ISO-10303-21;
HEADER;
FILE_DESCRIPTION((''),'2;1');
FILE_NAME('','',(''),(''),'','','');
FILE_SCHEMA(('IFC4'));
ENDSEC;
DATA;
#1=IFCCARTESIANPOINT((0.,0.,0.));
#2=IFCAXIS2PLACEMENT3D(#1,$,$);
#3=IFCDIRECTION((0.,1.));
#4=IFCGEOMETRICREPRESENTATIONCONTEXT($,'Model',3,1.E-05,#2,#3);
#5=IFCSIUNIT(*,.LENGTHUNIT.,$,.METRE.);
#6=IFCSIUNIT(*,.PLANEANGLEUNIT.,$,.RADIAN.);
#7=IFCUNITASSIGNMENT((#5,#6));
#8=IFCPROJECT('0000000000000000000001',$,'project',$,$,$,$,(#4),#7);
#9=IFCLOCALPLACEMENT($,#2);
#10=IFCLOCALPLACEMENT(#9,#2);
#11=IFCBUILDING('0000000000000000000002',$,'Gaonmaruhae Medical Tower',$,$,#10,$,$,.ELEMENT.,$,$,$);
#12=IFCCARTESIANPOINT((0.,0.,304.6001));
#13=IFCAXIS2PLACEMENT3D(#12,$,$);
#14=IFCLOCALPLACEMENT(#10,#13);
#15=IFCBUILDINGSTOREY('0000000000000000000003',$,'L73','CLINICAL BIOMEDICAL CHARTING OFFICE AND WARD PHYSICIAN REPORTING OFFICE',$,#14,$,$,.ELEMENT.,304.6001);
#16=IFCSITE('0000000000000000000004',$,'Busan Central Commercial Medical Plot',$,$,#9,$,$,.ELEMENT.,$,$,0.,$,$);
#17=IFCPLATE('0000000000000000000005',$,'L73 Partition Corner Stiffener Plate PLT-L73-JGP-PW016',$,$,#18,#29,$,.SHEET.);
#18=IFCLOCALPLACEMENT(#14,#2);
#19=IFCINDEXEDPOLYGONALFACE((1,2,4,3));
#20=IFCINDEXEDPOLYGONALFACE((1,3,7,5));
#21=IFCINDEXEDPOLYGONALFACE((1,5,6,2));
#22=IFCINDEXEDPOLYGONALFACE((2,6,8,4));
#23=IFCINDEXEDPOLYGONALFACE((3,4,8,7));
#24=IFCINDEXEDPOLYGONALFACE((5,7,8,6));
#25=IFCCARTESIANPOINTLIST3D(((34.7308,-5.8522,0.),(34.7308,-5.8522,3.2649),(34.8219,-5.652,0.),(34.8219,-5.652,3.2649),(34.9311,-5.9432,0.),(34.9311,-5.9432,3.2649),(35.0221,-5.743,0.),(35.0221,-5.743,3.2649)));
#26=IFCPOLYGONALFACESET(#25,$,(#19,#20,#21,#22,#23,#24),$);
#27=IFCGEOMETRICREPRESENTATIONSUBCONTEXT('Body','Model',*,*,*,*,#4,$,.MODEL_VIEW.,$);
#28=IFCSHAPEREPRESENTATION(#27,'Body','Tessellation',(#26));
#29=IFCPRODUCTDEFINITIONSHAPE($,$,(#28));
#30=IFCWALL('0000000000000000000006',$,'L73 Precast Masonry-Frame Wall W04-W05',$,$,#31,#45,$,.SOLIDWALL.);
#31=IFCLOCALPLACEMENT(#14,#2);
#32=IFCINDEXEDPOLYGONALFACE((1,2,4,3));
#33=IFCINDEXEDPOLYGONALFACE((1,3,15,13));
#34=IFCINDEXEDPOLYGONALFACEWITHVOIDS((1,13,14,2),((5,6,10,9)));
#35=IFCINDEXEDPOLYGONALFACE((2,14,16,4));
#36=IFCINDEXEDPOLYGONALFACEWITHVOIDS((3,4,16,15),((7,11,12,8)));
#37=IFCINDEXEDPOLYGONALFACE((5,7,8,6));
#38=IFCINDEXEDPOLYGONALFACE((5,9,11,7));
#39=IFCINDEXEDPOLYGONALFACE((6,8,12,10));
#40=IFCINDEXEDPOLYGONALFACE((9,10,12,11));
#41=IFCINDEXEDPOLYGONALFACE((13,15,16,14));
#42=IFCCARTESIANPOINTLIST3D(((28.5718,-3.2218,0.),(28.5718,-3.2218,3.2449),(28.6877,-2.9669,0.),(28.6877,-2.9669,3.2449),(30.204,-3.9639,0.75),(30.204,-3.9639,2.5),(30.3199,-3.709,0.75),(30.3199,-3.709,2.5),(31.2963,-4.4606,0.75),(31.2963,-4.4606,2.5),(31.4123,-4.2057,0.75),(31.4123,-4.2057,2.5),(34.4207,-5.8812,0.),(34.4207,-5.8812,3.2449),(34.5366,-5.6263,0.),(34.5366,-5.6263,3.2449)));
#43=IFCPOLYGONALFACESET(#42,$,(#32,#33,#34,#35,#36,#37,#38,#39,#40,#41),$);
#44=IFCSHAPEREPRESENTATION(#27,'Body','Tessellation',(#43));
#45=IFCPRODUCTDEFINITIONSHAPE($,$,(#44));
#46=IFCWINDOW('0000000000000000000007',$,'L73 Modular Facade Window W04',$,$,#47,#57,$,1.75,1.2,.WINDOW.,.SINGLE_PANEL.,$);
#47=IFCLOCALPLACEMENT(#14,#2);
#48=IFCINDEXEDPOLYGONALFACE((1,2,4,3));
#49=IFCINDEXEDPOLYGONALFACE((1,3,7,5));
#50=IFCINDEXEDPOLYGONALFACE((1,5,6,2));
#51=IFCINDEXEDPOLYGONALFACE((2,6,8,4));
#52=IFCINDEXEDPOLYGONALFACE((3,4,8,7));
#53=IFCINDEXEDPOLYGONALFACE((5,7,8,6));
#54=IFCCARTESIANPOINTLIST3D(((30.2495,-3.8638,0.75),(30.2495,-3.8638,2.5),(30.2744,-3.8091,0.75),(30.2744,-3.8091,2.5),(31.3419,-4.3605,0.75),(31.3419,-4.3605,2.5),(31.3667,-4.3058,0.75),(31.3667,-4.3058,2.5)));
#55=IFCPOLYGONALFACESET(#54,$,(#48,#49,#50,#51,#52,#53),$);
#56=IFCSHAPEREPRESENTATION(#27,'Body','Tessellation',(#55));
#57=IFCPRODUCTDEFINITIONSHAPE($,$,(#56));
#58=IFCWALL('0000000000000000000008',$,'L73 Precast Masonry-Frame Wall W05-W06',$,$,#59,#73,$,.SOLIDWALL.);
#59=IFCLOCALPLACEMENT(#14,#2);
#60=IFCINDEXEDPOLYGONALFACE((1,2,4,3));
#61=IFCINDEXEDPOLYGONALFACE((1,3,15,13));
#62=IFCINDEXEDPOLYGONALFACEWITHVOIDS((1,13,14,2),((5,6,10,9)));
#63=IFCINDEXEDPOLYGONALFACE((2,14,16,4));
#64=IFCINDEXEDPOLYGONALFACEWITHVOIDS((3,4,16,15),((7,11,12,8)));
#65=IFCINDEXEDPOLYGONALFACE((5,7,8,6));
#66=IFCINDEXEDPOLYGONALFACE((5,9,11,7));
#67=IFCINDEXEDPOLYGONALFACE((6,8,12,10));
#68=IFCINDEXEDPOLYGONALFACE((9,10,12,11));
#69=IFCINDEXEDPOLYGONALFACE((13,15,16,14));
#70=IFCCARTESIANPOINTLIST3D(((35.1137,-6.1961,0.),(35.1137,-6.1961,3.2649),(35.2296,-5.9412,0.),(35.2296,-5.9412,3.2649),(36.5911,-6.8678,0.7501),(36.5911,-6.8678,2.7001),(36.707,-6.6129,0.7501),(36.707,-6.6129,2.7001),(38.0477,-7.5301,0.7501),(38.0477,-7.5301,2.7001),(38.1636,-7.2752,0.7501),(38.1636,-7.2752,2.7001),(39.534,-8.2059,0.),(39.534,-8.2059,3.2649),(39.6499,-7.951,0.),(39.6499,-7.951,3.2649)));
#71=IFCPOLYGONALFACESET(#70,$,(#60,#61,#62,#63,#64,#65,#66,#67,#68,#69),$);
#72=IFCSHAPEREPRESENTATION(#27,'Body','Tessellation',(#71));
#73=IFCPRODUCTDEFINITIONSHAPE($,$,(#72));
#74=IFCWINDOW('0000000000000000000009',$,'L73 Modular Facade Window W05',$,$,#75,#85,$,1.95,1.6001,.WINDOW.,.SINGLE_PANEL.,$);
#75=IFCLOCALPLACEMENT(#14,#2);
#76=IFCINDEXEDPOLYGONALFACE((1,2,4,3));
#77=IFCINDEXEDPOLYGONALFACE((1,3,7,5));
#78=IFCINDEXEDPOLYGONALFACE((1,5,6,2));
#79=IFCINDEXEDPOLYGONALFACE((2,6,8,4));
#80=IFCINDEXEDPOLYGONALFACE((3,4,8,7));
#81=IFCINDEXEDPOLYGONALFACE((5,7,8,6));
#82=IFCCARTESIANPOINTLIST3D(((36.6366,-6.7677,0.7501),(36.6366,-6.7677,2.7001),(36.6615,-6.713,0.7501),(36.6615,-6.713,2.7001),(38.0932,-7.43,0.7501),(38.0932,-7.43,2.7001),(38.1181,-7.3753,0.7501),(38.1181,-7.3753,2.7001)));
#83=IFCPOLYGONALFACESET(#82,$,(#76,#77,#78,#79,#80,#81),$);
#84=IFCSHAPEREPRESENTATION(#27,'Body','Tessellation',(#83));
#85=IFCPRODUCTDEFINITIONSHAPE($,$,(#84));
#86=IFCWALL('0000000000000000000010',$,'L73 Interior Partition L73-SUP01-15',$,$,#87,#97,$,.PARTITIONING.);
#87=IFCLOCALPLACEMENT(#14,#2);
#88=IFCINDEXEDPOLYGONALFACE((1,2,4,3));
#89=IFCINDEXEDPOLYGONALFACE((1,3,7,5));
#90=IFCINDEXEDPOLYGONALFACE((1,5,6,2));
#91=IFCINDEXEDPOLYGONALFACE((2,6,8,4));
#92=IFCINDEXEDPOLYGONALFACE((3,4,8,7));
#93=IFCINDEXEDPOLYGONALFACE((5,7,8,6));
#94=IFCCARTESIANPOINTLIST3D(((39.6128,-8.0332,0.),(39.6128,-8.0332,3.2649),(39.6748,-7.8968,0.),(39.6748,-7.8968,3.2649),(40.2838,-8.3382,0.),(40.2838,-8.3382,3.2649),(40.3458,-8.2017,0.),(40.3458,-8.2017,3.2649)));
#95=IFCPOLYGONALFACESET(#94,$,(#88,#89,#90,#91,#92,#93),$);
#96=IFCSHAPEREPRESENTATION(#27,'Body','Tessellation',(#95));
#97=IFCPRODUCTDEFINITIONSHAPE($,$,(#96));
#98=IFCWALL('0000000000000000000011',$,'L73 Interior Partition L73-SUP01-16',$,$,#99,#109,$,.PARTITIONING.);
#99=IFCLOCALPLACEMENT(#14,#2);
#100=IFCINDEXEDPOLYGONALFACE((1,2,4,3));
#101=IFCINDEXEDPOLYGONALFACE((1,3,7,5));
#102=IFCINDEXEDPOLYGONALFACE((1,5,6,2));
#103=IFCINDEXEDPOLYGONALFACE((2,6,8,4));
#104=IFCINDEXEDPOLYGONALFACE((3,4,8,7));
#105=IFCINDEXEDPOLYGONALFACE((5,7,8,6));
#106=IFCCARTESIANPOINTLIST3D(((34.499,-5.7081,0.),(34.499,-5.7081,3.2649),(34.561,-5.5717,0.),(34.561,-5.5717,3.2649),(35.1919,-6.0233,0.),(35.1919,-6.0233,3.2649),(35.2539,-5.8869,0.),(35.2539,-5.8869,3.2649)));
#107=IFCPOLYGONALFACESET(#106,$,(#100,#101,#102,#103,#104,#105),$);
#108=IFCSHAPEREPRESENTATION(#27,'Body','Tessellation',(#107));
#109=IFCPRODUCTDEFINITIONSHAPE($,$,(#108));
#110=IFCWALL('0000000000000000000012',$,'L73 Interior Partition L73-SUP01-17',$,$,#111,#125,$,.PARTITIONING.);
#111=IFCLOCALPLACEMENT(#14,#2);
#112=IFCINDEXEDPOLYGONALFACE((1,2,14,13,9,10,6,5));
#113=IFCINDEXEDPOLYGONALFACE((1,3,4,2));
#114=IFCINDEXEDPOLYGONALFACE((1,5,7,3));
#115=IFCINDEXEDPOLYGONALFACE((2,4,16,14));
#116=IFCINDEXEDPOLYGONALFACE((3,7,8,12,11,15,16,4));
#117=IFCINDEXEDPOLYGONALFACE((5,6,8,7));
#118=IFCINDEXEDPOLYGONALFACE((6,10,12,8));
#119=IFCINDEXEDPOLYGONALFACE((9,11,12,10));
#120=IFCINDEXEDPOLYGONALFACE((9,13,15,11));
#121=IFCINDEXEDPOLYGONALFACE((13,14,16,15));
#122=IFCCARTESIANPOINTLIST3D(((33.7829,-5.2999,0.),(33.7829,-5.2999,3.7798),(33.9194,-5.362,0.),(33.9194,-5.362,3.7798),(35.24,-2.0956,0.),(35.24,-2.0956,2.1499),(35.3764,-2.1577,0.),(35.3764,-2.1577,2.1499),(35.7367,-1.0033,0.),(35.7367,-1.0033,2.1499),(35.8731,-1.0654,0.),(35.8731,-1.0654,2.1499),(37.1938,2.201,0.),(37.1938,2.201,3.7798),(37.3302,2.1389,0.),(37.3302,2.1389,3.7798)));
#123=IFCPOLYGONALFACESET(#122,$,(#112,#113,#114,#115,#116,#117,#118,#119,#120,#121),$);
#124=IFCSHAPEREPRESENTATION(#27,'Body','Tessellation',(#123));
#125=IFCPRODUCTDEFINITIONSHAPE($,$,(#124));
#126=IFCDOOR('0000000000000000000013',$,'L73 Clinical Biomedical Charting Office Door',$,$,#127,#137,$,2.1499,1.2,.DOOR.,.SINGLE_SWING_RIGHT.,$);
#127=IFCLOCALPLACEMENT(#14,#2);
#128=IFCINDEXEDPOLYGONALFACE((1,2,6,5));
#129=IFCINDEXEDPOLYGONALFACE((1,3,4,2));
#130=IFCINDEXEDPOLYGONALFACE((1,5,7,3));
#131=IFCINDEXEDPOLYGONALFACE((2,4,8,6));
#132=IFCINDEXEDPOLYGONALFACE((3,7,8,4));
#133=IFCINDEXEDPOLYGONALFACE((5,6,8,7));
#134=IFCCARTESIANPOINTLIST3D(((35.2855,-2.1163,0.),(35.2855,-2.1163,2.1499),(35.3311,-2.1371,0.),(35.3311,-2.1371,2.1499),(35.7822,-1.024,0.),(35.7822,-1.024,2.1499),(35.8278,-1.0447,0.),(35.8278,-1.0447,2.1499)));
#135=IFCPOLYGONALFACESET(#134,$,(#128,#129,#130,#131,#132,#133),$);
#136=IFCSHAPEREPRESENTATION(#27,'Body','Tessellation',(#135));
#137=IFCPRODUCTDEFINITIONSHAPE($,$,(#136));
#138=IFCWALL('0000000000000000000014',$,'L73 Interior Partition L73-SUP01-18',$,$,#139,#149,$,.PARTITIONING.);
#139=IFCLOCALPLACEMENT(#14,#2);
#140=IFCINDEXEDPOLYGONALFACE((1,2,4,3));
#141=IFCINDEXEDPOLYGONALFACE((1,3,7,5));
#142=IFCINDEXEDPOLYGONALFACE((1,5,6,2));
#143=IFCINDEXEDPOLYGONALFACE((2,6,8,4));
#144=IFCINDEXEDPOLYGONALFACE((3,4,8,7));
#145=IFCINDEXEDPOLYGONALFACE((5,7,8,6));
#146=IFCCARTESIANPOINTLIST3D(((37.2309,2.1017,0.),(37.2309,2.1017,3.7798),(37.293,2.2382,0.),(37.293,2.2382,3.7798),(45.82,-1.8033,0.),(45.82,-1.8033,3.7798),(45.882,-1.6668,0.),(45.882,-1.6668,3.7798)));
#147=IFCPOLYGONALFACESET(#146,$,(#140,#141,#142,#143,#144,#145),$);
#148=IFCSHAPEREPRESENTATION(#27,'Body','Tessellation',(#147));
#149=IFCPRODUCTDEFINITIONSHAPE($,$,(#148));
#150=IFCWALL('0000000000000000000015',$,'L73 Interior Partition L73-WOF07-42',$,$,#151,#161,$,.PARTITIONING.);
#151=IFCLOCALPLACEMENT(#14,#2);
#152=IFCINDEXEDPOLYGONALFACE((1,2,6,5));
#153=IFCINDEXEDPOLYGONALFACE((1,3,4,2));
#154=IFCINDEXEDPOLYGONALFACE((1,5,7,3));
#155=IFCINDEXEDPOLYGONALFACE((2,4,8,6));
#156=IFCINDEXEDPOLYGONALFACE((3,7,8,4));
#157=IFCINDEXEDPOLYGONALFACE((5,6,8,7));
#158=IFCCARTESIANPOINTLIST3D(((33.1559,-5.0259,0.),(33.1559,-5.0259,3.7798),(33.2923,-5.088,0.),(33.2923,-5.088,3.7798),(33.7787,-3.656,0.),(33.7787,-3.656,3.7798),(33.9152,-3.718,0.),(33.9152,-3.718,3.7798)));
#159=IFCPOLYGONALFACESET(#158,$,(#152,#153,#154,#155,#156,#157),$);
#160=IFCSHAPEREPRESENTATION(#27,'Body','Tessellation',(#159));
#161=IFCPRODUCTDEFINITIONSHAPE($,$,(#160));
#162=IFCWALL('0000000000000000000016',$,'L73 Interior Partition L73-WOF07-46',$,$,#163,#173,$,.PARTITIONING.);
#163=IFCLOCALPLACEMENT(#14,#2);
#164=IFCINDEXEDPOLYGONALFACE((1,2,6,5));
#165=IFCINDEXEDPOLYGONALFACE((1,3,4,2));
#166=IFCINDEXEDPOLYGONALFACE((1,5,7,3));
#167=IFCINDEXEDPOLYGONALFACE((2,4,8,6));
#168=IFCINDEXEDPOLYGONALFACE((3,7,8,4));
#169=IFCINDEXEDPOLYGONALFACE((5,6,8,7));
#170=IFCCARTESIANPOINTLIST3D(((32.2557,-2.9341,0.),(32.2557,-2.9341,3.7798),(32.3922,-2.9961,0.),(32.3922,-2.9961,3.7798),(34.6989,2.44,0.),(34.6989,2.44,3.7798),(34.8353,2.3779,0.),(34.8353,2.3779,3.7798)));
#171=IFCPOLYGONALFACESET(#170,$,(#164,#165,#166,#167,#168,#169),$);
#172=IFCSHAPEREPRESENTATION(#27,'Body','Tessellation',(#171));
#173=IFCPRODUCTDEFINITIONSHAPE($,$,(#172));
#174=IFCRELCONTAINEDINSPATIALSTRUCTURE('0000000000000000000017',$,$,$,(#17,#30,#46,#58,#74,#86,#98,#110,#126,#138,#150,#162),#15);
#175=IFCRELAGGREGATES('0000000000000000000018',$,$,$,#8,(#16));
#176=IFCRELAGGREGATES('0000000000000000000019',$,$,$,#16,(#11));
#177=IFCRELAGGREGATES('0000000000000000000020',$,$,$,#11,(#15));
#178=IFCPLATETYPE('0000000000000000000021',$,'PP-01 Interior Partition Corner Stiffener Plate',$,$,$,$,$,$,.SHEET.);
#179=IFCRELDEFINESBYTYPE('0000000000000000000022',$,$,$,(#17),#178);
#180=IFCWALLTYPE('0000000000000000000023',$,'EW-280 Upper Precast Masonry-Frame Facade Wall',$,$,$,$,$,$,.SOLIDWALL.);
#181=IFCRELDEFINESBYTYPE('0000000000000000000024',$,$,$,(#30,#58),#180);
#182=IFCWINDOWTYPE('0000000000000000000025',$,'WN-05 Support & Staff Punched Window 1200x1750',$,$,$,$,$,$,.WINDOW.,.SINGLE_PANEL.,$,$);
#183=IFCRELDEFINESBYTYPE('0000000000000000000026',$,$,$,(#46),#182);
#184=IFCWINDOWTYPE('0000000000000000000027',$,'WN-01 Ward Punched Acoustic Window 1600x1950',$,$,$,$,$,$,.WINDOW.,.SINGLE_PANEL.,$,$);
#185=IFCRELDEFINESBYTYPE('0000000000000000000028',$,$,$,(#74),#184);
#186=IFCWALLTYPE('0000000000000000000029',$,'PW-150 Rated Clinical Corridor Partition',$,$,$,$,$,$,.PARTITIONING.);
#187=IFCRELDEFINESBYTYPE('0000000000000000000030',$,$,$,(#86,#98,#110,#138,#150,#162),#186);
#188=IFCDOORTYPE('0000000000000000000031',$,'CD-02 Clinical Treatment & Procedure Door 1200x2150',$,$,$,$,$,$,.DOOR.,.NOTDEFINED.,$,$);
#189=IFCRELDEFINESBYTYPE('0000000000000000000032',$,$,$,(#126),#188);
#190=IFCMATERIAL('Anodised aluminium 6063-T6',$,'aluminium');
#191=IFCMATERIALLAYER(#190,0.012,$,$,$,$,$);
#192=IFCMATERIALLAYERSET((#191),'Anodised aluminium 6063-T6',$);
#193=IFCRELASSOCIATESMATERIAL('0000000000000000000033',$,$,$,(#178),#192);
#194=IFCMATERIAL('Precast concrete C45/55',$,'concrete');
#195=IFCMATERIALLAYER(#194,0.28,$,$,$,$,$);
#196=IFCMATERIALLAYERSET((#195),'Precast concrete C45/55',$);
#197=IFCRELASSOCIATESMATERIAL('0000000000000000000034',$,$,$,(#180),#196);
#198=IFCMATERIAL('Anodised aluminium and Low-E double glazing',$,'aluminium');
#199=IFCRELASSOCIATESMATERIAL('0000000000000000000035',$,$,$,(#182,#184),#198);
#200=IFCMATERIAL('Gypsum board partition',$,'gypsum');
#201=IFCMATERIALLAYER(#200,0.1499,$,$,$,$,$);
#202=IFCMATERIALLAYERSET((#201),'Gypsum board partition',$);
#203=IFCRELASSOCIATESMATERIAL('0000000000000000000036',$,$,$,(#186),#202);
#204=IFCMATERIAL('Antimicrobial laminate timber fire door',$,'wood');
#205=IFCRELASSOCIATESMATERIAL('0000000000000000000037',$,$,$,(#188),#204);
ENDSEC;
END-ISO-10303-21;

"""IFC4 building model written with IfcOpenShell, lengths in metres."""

from ifc_helpers import new_model, si_unit, direction, frame, frame_2d, origin, origin_2d, place, context, subcontext, project, spatial, rectangle, extrude, material, layer, layer_set, type_object, element, fill, save


model = new_model("IFC4")

# Units and contexts
model_context = context("Model", 3, precision=1e-05, world=origin(), true_north=direction((0.0, 1.0)))
body_context = subcontext(model_context, "Body", "Model", "MODEL_VIEW")
ifc_project = project(units=[si_unit("LENGTHUNIT", "METRE"), si_unit("PLANEANGLEUNIT", "RADIAN")], contexts=[model_context])

# Site, building, storey
site_placement = place(None, origin())
site = spatial("IfcSite", under=ifc_project, at=site_placement, Name="Busan Central Commercial Medical Plot", CompositionType="ELEMENT", RefElevation=0.0)
building_placement = place(site_placement, origin())
building = spatial("IfcBuilding", under=site, at=building_placement, Name="Gaonmaruhae Medical Tower", CompositionType="ELEMENT")
storey_placement = place(building_placement, frame((0.0, 0.0, 304.6001)))
storey = spatial("IfcBuildingStorey", under=building, at=storey_placement, Name="L73", Description="CLINICAL BIOMEDICAL CHARTING OFFICE AND WARD PHYSICIAN REPORTING OFFICE", CompositionType="ELEMENT", Elevation=304.6001)

# Plate
ifc_material_1 = material(Name="Anodised aluminium 6063-T6", Category="aluminium")
ifc_layer_1 = layer(ifc_material_1, 0.012)
ifc_layer_set_1 = layer_set([ifc_layer_1], Name="Anodised aluminium 6063-T6")
plate_type = type_object("IfcPlateType", Name="PP-01 Interior Partition Corner Stiffener Plate", PredefinedType="SHEET", material=ifc_layer_set_1)
for number, where, z_axis, x_axis, name in (
    (1, (34.8765, -5.7976, 0.0), (0.0, 0.0, 1.0), (-0.910366, 0.413804, 0.0), "L73 Partition Corner Stiffener Plate PLT-L73-JGP-PW016"),
):
    element("IfcPlate", number, at=place(storey_placement, frame(where, z_axis=z_axis, x_axis=x_axis)), inside=storey, type_object=plate_type, Name=name, PredefinedType="SHEET", context=body_context, shape_type="SweptSolid", body=[
        extrude(rectangle(XDim=0.22, YDim=0.22, at=origin_2d()), origin(), (0.0, 0.0, 1.0), 3.2649),
    ])

# Walls, openings, windows
ifc_material_2 = material(Name="Precast concrete C45/55", Category="concrete")
ifc_layer_2 = layer(ifc_material_2, 0.28)
ifc_layer_set_2 = layer_set([ifc_layer_2], Name="Precast concrete C45/55")
wall_type_1 = type_object("IfcWallType", Name="EW-280 Upper Precast Masonry-Frame Facade Wall", PredefinedType="SOLIDWALL", material=ifc_layer_set_2)
wall_1_placement = place(storey_placement, frame((34.4785, -5.7537, 0.0), z_axis=(0.0, 0.0, 1.0), x_axis=(-0.910317, 0.413912, 0.0)))
wall_1 = element("IfcWall", 2, at=wall_1_placement, inside=storey, type_object=wall_type_1, Name="L73 Precast Masonry-Frame Wall W04-W05", PredefinedType="SOLIDWALL", context=body_context, shape_type="SweptSolid", body=[
    extrude(rectangle(XDim=6.425, YDim=0.28, at=frame_2d((3.2124, 0.0))), origin(), (0.0, 0.0, 1.0), 3.2449),
])
opening_1_placement = place(wall_1_placement, frame((3.4319, 0.0, 0.75)))
opening_1 = element("IfcOpeningElement", 3, at=opening_1_placement, cuts=wall_1, PredefinedType="OPENING", context=body_context, shape_type="SweptSolid", body=[
    extrude(rectangle(XDim=1.2, YDim=1.75, at=frame_2d((0.6001, 0.875))), frame((0.0, 0.1499, 0.0), z_axis=(0.0, -1.0, 0.0), x_axis=(1.0, 0.0, 0.0)), (0.0, 0.0, 1.0), 0.3),
])
ifc_material_3 = material(Name="Anodised aluminium and Low-E double glazing", Category="aluminium")
window_type_1 = type_object("IfcWindowType", Name="WN-05 Support & Staff Punched Window 1200x1750", PartitioningType="SINGLE_PANEL", PredefinedType="WINDOW", material=ifc_material_3)
window_1_placement = place(opening_1_placement, origin())
window_1 = element("IfcWindow", 4, at=window_1_placement, inside=storey, type_object=window_type_1, Name="L73 Modular Facade Window W04", OverallHeight=1.75, OverallWidth=1.2, PartitioningType="SINGLE_PANEL", PredefinedType="WINDOW", context=body_context, shape_type="SweptSolid", body=[
    extrude(rectangle(XDim=1.2, YDim=1.75, at=frame_2d((0.6001, 0.875))), frame((0.0, 0.03, 0.0), z_axis=(0.0, -1.0, 0.0), x_axis=(1.0, 0.0, 0.0)), (0.0, 0.0, 1.0), 0.0601),
])
fill(opening_1, window_1)
wall_2_placement = place(storey_placement, frame((39.5918, -8.0784, 0.0), z_axis=(0.0, 0.0, 1.0), x_axis=(-0.91032, 0.413905, 0.0)))
wall_2 = element("IfcWall", 5, at=wall_2_placement, inside=storey, type_object=wall_type_1, Name="L73 Precast Masonry-Frame Wall W05-W06", PredefinedType="SOLIDWALL", context=body_context, shape_type="SweptSolid", body=[
    extrude(rectangle(XDim=4.8557, YDim=0.28, at=frame_2d((2.4277, 0.0))), origin(), (0.0, 0.0, 1.0), 3.2649),
])
opening_2_placement = place(wall_2_placement, frame((1.6326, 0.0, 0.75)))
opening_2 = element("IfcOpeningElement", 6, at=opening_2_placement, cuts=wall_2, PredefinedType="OPENING", context=body_context, shape_type="SweptSolid", body=[
    extrude(rectangle(XDim=1.6001, YDim=1.95, at=frame_2d((0.8, 0.9751))), frame((0.0, 0.1499, 0.0), z_axis=(0.0, -1.0, 0.0), x_axis=(1.0, 0.0, 0.0)), (0.0, 0.0, 1.0), 0.3),
])
window_type_2 = type_object("IfcWindowType", Name="WN-01 Ward Punched Acoustic Window 1600x1950", PartitioningType="SINGLE_PANEL", PredefinedType="WINDOW", material=ifc_material_3)
window_2_placement = place(opening_2_placement, origin())
window_2 = element("IfcWindow", 7, at=window_2_placement, inside=storey, type_object=window_type_2, Name="L73 Modular Facade Window W05", OverallHeight=1.95, OverallWidth=1.6001, PartitioningType="SINGLE_PANEL", PredefinedType="WINDOW", context=body_context, shape_type="SweptSolid", body=[
    extrude(rectangle(XDim=1.6001, YDim=1.95, at=frame_2d((0.8, 0.9751))), frame((0.0, 0.03, 0.0), z_axis=(0.0, -1.0, 0.0), x_axis=(1.0, 0.0, 0.0)), (0.0, 0.0, 1.0), 0.0601),
])
fill(opening_2, window_2)

# Walls
ifc_material_4 = material(Name="Gypsum board partition", Category="gypsum")
ifc_layer_3 = layer(ifc_material_4, 0.1499)
ifc_layer_set_3 = layer_set([ifc_layer_3], Name="Gypsum board partition")
wall_type_2 = type_object("IfcWallType", Name="PW-150 Rated Clinical Corridor Partition", PredefinedType="PARTITIONING", material=ifc_layer_set_3)
wall_3_placement = place(storey_placement, frame((40.3149, -8.27, 0.0), z_axis=(0.0, 0.0, 1.0), x_axis=(-0.910378, 0.413778, 0.0)))
element("IfcWall", 8, at=wall_3_placement, inside=storey, type_object=wall_type_2, Name="L73 Interior Partition L73-SUP01-15", PredefinedType="PARTITIONING", context=body_context, shape_type="SweptSolid", body=[
    extrude(rectangle(XDim=0.7371, YDim=0.1499, at=frame_2d((0.3687, 0.0))), origin(), (0.0, 0.0, 1.0), 3.2649),
])
wall_4_placement = place(storey_placement, frame((35.2229, -5.9551, 0.0), z_axis=(0.0, 0.0, 1.0), x_axis=(-0.910246, 0.414069, 0.0)))
element("IfcWall", 9, at=wall_4_placement, inside=storey, type_object=wall_type_2, Name="L73 Interior Partition L73-SUP01-16", PredefinedType="PARTITIONING", context=body_context, shape_type="SweptSolid", body=[
    extrude(rectangle(XDim=0.7612, YDim=0.1499, at=frame_2d((0.3806, 0.0))), origin(), (0.0, 0.0, 1.0), 3.2649),
])

# Wall, opening, door
wall_5_placement = place(storey_placement, frame((33.8511, -5.3311, 0.0), z_axis=(0.0, 0.0, 1.0), x_axis=(0.413939, 0.910305, 0.0)))
wall_5 = element("IfcWall", 10, at=wall_5_placement, inside=storey, type_object=wall_type_2, Name="L73 Interior Partition L73-SUP01-17", PredefinedType="PARTITIONING", context=body_context, shape_type="SweptSolid", body=[
    extrude(rectangle(XDim=8.24, YDim=0.1499, at=frame_2d((4.1201, 0.0))), origin(), (0.0, 0.0, 1.0), 3.7798),
])
opening_3_placement = place(wall_5_placement, frame((3.52, 0.0, 0.0)))
opening_3 = element("IfcOpeningElement", 11, at=opening_3_placement, cuts=wall_5, PredefinedType="OPENING", context=body_context, shape_type="SweptSolid", body=[
    extrude(rectangle(XDim=1.2, YDim=2.1499, at=frame_2d((0.6001, 1.075))), frame((0.0, 0.085, 0.0), z_axis=(0.0, -1.0, 0.0), x_axis=(1.0, 0.0, 0.0)), (0.0, 0.0, 1.0), 0.1699),
])
ifc_material_5 = material(Name="Antimicrobial laminate timber fire door", Category="wood")
door_type = type_object("IfcDoorType", Name="CD-02 Clinical Treatment & Procedure Door 1200x2150", OperationType="NOTDEFINED", PredefinedType="DOOR", material=ifc_material_5)
door_1_placement = place(opening_3_placement, origin())
door_1 = element("IfcDoor", 12, at=door_1_placement, inside=storey, type_object=door_type, Name="L73 Clinical Biomedical Charting Office Door", OperationType="SINGLE_SWING_RIGHT", OverallHeight=2.1499, OverallWidth=1.2, PredefinedType="DOOR", context=body_context, shape_type="SweptSolid", body=[
    extrude(rectangle(XDim=1.2, YDim=2.1499, at=frame_2d((0.6001, 1.075))), frame((0.0, 0.0249, 0.0), z_axis=(0.0, -1.0, 0.0), x_axis=(1.0, 0.0, 0.0)), (0.0, 0.0, 1.0), 0.05),
])
fill(opening_3, door_1)

# Wall
wall_6_placement = place(storey_placement, frame((37.262, 2.1699, 0.0), z_axis=(0.0, 0.0, 1.0), x_axis=(0.910331, -0.413881, 0.0)))
element("IfcWall", 13, at=wall_6_placement, inside=storey, type_object=wall_type_2, Name="L73 Interior Partition L73-SUP01-18", PredefinedType="PARTITIONING", context=body_context, shape_type="SweptSolid", body=[
    extrude(rectangle(XDim=9.4351, YDim=0.1499, at=frame_2d((4.7175, 0.0))), origin(), (0.0, 0.0, 1.0), 3.7798),
])

# Walls
wall_7_placement = place(storey_placement, frame((33.8469, -3.687, 0.0), z_axis=(0.0, 0.0, 1.0), x_axis=(-0.413876, -0.910333, 0.0)))
element("IfcWall", 14, at=wall_7_placement, inside=storey, type_object=wall_type_2, Name="L73 Interior Partition L73-WOF07-42", PredefinedType="PARTITIONING", context=body_context, shape_type="SweptSolid", body=[
    extrude(rectangle(XDim=1.5049, YDim=0.1499, at=frame_2d((0.7524, 0.0))), origin(), (0.0, 0.0, 1.0), 3.7798),
])
wall_8_placement = place(storey_placement, frame((34.7671, 2.4089, 0.0), z_axis=(0.0, 0.0, 1.0), x_axis=(-0.413856, -0.910342, 0.0)))
element("IfcWall", 15, at=wall_8_placement, inside=storey, type_object=wall_type_2, Name="L73 Interior Partition L73-WOF07-46", PredefinedType="PARTITIONING", context=body_context, shape_type="SweptSolid", body=[
    extrude(rectangle(XDim=5.9033, YDim=0.1499, at=frame_2d((2.9517, 0.0))), origin(), (0.0, 0.0, 1.0), 3.7798),
])

save(model, "model.ifc")
